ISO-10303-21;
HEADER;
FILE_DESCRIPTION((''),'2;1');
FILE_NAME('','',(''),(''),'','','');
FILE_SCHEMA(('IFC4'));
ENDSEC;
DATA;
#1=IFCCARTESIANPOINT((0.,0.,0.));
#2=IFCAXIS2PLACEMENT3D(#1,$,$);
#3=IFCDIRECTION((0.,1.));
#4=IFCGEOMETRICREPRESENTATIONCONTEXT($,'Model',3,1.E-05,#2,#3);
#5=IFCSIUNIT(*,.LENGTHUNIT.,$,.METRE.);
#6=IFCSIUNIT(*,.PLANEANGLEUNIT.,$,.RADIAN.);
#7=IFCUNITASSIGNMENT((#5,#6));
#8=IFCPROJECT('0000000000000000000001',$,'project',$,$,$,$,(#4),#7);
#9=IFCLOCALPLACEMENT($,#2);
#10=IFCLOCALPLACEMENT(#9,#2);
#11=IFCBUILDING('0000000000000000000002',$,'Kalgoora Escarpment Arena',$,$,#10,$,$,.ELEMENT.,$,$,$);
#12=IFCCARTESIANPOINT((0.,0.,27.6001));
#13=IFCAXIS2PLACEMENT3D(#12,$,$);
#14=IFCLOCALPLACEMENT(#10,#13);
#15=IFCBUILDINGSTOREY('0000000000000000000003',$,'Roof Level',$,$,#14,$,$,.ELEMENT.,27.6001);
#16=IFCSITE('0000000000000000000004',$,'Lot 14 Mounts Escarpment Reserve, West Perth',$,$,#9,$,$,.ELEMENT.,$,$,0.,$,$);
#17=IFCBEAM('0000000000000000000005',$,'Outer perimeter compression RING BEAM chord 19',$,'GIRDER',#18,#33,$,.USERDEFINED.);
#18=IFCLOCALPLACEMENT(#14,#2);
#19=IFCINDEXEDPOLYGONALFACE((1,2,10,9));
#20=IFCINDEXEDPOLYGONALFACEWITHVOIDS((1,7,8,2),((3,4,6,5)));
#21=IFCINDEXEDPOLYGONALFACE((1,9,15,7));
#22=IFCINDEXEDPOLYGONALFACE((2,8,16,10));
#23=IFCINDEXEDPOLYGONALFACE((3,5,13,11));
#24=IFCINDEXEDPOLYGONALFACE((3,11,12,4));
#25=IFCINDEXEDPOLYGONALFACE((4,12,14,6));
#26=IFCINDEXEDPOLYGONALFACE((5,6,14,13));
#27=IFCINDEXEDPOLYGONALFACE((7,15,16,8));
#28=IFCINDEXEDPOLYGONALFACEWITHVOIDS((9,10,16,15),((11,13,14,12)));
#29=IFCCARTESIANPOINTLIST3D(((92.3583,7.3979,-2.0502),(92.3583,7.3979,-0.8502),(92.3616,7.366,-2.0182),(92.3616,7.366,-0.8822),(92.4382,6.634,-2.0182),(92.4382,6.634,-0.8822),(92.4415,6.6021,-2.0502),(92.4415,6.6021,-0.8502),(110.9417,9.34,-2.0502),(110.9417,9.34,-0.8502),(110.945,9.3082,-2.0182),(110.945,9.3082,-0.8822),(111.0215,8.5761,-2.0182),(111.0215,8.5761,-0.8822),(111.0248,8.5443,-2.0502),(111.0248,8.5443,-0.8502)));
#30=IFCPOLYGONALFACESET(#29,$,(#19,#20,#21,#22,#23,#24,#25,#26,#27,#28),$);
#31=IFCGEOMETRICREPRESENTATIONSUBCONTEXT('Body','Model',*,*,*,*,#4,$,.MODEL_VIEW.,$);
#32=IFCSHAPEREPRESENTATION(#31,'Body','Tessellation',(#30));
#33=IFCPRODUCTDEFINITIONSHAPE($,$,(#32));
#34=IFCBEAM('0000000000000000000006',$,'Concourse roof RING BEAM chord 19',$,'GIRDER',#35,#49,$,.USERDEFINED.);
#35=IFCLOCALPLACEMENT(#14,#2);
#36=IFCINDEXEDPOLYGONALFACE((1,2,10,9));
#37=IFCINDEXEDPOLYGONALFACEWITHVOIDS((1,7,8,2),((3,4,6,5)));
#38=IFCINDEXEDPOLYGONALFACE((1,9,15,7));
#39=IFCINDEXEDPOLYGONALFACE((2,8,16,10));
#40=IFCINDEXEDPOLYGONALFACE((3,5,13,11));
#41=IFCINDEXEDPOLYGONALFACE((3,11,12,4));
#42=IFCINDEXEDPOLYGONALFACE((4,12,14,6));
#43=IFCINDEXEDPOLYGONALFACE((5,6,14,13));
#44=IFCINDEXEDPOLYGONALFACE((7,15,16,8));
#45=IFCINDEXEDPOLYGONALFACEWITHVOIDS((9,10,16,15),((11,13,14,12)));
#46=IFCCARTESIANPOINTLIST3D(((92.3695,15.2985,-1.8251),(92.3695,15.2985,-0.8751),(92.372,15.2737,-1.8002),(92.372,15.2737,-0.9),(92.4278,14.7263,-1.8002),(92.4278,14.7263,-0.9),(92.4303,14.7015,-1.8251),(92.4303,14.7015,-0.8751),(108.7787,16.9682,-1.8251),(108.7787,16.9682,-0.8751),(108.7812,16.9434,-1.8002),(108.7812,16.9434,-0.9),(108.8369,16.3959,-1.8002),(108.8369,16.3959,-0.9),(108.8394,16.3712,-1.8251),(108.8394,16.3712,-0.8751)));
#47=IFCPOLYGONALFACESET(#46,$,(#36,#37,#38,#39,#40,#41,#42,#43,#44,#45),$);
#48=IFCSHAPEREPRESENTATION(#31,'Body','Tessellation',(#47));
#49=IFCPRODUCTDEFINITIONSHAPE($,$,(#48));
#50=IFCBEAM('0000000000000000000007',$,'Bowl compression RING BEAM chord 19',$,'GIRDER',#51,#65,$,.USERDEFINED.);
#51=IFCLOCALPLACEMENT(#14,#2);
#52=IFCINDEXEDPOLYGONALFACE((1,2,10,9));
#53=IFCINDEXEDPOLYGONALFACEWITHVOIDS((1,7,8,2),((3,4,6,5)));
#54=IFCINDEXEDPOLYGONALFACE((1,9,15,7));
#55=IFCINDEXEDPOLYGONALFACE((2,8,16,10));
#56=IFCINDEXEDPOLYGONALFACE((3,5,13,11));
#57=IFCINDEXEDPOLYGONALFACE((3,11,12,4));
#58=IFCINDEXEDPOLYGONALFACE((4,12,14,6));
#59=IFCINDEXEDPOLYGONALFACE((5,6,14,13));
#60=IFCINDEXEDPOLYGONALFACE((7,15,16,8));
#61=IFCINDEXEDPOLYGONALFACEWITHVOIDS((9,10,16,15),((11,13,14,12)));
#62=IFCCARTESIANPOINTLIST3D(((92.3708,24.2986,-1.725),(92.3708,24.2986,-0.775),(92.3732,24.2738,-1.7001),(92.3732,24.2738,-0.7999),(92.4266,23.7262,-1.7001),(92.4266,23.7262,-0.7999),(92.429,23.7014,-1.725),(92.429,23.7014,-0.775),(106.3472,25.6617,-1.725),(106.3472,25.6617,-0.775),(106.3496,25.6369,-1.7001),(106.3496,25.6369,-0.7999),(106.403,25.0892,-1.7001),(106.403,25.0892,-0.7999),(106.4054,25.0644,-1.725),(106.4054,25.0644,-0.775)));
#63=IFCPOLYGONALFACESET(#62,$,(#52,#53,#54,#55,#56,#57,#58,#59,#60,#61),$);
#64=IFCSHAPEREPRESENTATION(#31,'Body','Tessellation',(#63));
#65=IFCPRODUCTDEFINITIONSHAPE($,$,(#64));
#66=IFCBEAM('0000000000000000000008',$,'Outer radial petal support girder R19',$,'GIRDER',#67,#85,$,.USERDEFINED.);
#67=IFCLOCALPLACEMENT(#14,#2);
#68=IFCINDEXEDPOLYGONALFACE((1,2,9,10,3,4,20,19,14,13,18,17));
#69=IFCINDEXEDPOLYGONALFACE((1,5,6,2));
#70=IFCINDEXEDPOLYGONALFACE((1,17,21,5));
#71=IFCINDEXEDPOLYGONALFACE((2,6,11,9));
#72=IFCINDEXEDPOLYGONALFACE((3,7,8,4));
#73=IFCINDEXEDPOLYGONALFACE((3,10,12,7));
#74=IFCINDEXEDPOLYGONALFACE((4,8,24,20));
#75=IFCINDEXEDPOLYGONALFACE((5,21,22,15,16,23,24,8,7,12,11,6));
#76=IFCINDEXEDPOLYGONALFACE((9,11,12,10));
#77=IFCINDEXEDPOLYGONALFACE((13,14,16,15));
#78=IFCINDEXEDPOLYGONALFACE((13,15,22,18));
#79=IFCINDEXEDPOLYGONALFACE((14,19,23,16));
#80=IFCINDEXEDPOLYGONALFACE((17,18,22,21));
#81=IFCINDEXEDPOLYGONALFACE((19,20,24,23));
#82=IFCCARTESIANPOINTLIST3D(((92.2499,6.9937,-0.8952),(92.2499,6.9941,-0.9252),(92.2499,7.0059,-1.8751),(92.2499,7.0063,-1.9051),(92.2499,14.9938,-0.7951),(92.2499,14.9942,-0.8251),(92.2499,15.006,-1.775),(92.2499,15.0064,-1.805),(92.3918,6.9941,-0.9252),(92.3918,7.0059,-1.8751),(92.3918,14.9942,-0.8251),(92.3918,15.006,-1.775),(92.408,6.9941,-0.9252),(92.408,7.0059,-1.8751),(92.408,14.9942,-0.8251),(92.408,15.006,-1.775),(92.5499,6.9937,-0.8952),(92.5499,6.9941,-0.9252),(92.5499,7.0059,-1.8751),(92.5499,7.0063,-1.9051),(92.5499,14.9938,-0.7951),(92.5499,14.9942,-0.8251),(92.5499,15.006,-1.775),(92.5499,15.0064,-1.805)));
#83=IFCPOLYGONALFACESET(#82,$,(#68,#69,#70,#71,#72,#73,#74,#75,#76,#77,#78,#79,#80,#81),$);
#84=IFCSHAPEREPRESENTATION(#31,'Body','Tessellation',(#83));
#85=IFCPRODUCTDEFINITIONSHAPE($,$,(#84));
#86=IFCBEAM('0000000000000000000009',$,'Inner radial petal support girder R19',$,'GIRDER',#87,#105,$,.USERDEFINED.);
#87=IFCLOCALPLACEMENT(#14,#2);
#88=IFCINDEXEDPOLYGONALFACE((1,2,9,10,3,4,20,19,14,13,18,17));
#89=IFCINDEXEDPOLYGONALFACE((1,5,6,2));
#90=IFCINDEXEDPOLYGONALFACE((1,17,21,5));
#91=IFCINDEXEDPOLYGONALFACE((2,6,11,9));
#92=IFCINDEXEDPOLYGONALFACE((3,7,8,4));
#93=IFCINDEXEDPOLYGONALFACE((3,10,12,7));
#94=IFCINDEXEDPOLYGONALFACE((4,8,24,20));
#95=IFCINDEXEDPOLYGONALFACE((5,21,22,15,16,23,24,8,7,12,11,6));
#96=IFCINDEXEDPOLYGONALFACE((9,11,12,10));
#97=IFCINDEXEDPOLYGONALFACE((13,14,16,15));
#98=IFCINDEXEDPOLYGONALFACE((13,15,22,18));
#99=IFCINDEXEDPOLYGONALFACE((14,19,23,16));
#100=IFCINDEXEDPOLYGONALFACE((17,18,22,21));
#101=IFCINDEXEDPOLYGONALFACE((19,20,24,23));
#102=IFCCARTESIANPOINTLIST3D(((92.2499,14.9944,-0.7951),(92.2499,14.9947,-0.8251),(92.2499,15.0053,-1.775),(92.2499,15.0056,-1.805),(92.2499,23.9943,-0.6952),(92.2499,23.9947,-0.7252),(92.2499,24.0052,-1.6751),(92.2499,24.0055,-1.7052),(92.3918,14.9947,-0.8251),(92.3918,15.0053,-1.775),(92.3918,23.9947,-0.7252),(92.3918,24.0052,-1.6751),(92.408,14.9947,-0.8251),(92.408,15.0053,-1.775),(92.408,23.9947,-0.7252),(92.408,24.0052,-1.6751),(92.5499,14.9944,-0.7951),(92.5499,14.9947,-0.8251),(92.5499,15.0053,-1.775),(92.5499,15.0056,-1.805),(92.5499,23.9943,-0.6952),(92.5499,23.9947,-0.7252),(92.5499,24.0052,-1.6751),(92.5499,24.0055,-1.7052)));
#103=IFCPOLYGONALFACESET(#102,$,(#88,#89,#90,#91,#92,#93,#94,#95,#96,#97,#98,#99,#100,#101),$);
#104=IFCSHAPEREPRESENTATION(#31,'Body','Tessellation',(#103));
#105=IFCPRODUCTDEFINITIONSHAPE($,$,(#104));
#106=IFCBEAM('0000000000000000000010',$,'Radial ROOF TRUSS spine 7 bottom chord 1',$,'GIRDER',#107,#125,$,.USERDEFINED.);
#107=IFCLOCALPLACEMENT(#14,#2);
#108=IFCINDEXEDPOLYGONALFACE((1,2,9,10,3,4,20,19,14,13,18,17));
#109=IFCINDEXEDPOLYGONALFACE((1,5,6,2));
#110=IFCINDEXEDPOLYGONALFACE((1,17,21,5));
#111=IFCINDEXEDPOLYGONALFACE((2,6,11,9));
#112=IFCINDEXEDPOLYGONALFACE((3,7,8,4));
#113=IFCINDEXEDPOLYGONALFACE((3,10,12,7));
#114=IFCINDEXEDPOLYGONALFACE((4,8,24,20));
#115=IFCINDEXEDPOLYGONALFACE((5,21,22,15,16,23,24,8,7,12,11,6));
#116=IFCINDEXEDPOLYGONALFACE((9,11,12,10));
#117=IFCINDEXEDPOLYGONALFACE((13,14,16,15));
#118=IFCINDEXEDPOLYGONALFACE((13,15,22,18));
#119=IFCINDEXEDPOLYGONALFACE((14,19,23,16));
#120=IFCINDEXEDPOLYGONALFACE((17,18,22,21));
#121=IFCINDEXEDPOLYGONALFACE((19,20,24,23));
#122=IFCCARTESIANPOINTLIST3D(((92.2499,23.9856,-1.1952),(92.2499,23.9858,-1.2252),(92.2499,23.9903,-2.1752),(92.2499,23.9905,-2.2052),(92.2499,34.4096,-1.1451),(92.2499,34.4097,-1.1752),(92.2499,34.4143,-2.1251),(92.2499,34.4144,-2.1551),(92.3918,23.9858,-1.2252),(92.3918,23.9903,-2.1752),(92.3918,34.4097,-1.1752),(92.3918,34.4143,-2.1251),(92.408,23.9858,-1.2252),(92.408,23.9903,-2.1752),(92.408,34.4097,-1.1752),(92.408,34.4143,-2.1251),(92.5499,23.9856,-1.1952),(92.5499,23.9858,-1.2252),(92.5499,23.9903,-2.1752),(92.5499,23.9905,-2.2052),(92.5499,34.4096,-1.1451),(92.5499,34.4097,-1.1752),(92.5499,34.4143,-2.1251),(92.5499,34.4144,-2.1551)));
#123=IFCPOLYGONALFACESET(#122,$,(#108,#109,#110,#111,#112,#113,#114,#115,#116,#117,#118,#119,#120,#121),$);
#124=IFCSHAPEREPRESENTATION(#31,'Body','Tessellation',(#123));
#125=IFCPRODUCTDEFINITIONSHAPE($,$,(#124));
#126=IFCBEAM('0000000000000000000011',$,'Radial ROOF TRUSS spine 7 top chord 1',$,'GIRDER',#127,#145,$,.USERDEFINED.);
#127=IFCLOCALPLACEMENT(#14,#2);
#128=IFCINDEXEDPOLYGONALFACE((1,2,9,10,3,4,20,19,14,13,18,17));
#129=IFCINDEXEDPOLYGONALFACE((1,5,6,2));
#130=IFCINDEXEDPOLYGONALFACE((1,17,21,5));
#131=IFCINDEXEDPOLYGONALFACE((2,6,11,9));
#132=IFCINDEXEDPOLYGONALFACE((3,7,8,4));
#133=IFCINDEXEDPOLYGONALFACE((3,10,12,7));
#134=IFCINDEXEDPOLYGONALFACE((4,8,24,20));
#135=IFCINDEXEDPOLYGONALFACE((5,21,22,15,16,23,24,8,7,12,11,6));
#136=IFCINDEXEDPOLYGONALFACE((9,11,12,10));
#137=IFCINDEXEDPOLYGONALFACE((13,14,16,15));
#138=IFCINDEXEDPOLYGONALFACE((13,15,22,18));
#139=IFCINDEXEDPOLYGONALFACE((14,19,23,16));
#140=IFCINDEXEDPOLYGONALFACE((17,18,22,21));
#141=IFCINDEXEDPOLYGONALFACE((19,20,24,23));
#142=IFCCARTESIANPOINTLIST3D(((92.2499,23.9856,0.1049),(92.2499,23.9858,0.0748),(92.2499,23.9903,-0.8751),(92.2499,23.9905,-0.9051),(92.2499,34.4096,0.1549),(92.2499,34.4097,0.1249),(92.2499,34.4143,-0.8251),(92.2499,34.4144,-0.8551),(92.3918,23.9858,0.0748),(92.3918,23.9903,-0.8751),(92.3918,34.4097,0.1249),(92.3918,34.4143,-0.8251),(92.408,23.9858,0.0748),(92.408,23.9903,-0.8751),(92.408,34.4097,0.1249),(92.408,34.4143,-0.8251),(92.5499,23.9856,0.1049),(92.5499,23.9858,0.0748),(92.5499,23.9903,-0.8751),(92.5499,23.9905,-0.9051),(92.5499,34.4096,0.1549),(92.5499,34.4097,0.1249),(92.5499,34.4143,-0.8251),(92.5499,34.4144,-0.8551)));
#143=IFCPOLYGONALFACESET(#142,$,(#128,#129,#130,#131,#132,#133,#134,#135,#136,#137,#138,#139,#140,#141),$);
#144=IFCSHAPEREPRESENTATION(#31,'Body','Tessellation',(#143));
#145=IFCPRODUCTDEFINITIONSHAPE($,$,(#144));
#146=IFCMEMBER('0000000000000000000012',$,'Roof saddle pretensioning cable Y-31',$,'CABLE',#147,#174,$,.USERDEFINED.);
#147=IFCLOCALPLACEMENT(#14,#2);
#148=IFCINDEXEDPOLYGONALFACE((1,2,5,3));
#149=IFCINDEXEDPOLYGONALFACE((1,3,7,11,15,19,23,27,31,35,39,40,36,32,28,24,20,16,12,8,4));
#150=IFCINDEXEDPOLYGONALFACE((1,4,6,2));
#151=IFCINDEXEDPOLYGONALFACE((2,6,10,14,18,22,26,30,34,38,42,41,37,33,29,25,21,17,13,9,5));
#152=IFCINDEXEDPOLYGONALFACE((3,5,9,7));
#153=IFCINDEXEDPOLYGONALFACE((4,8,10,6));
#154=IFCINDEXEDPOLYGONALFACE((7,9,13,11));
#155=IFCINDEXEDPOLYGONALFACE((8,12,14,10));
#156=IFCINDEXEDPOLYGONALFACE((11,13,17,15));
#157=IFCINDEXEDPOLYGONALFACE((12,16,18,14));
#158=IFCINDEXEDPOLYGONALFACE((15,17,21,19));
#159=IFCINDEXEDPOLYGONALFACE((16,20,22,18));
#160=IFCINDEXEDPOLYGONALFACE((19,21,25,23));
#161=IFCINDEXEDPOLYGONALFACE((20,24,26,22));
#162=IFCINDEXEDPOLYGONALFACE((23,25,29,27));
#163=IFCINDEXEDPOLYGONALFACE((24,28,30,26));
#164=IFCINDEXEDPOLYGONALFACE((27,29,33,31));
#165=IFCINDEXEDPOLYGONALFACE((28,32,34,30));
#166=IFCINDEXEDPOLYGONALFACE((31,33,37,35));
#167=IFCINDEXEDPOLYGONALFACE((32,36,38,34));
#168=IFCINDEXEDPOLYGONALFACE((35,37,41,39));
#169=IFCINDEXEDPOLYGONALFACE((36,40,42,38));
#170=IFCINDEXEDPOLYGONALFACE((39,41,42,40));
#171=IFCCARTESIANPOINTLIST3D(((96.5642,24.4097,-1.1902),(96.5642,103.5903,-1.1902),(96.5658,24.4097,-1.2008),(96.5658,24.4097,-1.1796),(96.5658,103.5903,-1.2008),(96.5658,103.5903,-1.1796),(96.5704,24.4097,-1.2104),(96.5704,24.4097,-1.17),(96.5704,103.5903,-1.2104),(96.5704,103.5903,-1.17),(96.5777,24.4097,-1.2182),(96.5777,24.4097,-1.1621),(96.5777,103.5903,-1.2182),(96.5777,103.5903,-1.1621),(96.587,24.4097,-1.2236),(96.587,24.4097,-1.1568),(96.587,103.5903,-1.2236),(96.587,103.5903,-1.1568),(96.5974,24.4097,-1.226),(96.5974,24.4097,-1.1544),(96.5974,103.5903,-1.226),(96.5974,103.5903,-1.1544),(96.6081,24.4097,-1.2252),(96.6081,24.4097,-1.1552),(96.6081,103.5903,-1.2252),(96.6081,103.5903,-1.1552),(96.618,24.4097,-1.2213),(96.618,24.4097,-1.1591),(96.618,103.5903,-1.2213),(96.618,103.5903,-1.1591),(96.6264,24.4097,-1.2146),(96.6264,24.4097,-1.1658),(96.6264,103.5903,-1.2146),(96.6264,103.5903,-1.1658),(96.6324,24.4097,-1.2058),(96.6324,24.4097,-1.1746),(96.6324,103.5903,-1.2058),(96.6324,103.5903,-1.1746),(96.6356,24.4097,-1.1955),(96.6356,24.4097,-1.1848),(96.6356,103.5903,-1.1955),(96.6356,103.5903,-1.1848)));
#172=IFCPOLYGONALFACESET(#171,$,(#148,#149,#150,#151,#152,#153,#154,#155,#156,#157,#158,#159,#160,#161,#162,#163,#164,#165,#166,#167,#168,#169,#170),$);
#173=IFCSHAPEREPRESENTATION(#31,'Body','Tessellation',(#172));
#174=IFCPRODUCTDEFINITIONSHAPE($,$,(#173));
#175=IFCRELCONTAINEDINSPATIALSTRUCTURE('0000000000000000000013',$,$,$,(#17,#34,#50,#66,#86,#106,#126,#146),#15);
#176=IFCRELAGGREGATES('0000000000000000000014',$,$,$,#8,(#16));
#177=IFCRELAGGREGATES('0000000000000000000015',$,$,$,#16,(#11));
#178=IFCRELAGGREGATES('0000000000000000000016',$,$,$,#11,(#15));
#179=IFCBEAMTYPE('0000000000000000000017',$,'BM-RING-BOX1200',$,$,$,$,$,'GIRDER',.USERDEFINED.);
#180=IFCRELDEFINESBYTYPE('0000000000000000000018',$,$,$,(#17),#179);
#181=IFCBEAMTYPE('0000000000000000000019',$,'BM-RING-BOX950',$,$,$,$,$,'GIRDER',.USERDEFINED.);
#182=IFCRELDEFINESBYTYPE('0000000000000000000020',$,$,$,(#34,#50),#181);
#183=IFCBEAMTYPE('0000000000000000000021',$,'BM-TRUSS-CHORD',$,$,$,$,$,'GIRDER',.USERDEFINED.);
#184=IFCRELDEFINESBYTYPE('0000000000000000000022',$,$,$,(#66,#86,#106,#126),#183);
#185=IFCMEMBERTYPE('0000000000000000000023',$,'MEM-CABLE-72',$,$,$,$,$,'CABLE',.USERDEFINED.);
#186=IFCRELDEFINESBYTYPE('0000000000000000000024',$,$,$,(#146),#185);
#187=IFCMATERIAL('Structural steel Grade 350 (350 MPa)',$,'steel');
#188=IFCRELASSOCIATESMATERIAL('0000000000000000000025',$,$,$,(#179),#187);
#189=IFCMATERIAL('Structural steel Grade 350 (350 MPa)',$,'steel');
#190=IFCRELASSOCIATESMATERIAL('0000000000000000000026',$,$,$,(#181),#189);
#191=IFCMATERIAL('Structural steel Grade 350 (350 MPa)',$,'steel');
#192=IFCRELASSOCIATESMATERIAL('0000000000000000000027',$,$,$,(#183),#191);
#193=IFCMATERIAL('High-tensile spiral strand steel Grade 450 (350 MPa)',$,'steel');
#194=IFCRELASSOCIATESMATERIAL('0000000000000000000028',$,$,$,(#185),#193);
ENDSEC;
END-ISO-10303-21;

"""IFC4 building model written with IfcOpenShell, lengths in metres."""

from ifc_helpers import new_model, si_unit, direction, frame, origin, origin_2d, place, context, subcontext, project, spatial, hollow_rectangle, circle, i_section, extrude, material, material_profile, profile_set, type_object, element, save


model = new_model("IFC4")

# Units and contexts
model_context = context("Model", 3, precision=1e-05, world=origin(), true_north=direction((0.0, 1.0)))
body_context = subcontext(model_context, "Body", "Model", "MODEL_VIEW")
ifc_project = project(units=[si_unit("LENGTHUNIT", "METRE"), si_unit("PLANEANGLEUNIT", "RADIAN")], contexts=[model_context])

# Site, building, storey
site_placement = place(None, origin())
site = spatial("IfcSite", under=ifc_project, at=site_placement, Name="Lot 14 Mounts Escarpment Reserve, West Perth", CompositionType="ELEMENT", RefElevation=0.0)
building_placement = place(site_placement, origin())
building = spatial("IfcBuilding", under=site, at=building_placement, Name="Kalgoora Escarpment Arena", CompositionType="ELEMENT")
storey_placement = place(building_placement, frame((0.0, 0.0, 27.6001)))
storey = spatial("IfcBuildingStorey", under=building, at=storey_placement, Name="Roof Level", CompositionType="ELEMENT", Elevation=27.6001)

# Beams
ifc_material_1 = material(Name="Structural steel Grade 350 (350 MPa)", Category="steel")
ifc_material_profile_1 = material_profile(ifc_material_1, hollow_rectangle(XDim=0.8, YDim=1.2, WallThickness=0.032, at=origin_2d()))
ifc_profile_set_1 = profile_set([ifc_material_profile_1], Name="Structural steel Grade 350 (350 MPa)")
beam_type_1 = type_object("IfcBeamType", Name="BM-RING-BOX1200", ElementType="GIRDER", PredefinedType="USERDEFINED", material=ifc_profile_set_1)
beam_1_placement = place(storey_placement, frame((92.3999, 7.0, -1.4502), z_axis=(0.994583, 0.103944, 0.0), x_axis=(-0.103944, 0.994583, 0.0)))
element("IfcBeam", 1, at=beam_1_placement, inside=storey, type_object=beam_type_1, Name="Outer perimeter compression RING BEAM chord 19", ObjectType="GIRDER", PredefinedType="USERDEFINED", context=body_context, shape_type="SweptSolid", body=[
    extrude(hollow_rectangle(XDim=0.8, YDim=1.2, WallThickness=0.032, at=origin_2d()), origin(), (0.0, 0.0, 1.0), 18.6846),
])
ifc_material_2 = material(Name="Structural steel Grade 350 (350 MPa)", Category="steel")
ifc_material_profile_2 = material_profile(ifc_material_2, hollow_rectangle(XDim=0.6001, YDim=0.95, WallThickness=0.0249, at=origin_2d()))
ifc_profile_set_2 = profile_set([ifc_material_profile_2], Name="Structural steel Grade 350 (350 MPa)")
beam_type_2 = type_object("IfcBeamType", Name="BM-RING-BOX950", ElementType="GIRDER", PredefinedType="USERDEFINED", material=ifc_profile_set_2)
beam_2_placement = place(storey_placement, frame((92.3999, 15.0, -1.3501), z_axis=(0.994863, 0.10123, 0.0), x_axis=(-0.10123, 0.994863, 0.0)))
element("IfcBeam", 2, at=beam_2_placement, inside=storey, type_object=beam_type_2, Name="Concourse roof RING BEAM chord 19", ObjectType="GIRDER", PredefinedType="USERDEFINED", context=body_context, shape_type="SweptSolid", body=[
    extrude(hollow_rectangle(XDim=0.6001, YDim=0.95, WallThickness=0.0249, at=origin_2d()), origin(), (0.0, 0.0, 1.0), 16.4939),
])
beam_3_placement = place(storey_placement, frame((92.3999, 24.0, -1.25), z_axis=(0.995278, 0.097064, 0.0), x_axis=(-0.097064, 0.995278, 0.0)))
element("IfcBeam", 3, at=beam_3_placement, inside=storey, type_object=beam_type_2, Name="Bowl compression RING BEAM chord 19", ObjectType="GIRDER", PredefinedType="USERDEFINED", context=body_context, shape_type="SweptSolid", body=[
    extrude(hollow_rectangle(XDim=0.6001, YDim=0.95, WallThickness=0.0249, at=origin_2d()), origin(), (0.0, 0.0, 1.0), 14.0427),
])
ifc_material_3 = material(Name="Structural steel Grade 350 (350 MPa)", Category="steel")
ifc_material_profile_3 = material_profile(ifc_material_3, i_section(OverallWidth=0.3, OverallDepth=1.01, WebThickness=0.0161, FlangeThickness=0.03, at=origin_2d()))
ifc_profile_set_3 = profile_set([ifc_material_profile_3], Name="Structural steel Grade 350 (350 MPa)")
beam_type_3 = type_object("IfcBeamType", Name="BM-TRUSS-CHORD", ElementType="GIRDER", PredefinedType="USERDEFINED", material=ifc_profile_set_3)
beam_4_placement = place(storey_placement, frame((92.3999, 7.0, -1.4001), z_axis=(0.0, 0.999922, 0.012511), x_axis=(-1.0, 0.0, 0.0)))
element("IfcBeam", 4, at=beam_4_placement, inside=storey, type_object=beam_type_3, Name="Outer radial petal support girder R19", ObjectType="GIRDER", PredefinedType="USERDEFINED", context=body_context, shape_type="SweptSolid", body=[
    extrude(i_section(OverallWidth=0.3, OverallDepth=1.01, WebThickness=0.0161, FlangeThickness=0.03, at=origin_2d()), origin(), (0.0, 0.0, 1.0), 8.0007),
])
beam_5_placement = place(storey_placement, frame((92.3999, 15.0, -1.3), z_axis=(0.0, 0.999938, 0.011094), x_axis=(-1.0, 0.0, 0.0)))
element("IfcBeam", 5, at=beam_5_placement, inside=storey, type_object=beam_type_3, Name="Inner radial petal support girder R19", ObjectType="GIRDER", PredefinedType="USERDEFINED", context=body_context, shape_type="SweptSolid", body=[
    extrude(i_section(OverallWidth=0.3, OverallDepth=1.01, WebThickness=0.0161, FlangeThickness=0.03, at=origin_2d()), origin(), (0.0, 0.0, 1.0), 9.0005),
])
for number, where, z_axis, x_axis, name in (
    (6, (92.3999, 23.988, -1.7002), (0.0, 0.999988, 0.004801), (-1.0, 0.0, 0.0), "Radial ROOF TRUSS spine 7 bottom chord 1"),
    (7, (92.3999, 23.988, -0.4001), (0.0, 0.999988, 0.004801), (-1.0, 0.0, 0.0), "Radial ROOF TRUSS spine 7 top chord 1"),
):
    element("IfcBeam", number, at=place(storey_placement, frame(where, z_axis=z_axis, x_axis=x_axis)), inside=storey, type_object=beam_type_3, Name=name, ObjectType="GIRDER", PredefinedType="USERDEFINED", context=body_context, shape_type="SweptSolid", body=[
        extrude(i_section(OverallWidth=0.3, OverallDepth=1.01, WebThickness=0.0161, FlangeThickness=0.03, at=origin_2d()), origin(), (0.0, 0.0, 1.0), 10.4241),
    ])

# Member
ifc_material_4 = material(Name="High-tensile spiral strand steel Grade 450 (350 MPa)", Category="steel")
ifc_material_profile_4 = material_profile(ifc_material_4, circle(Radius=0.0359, at=origin_2d()))
ifc_profile_set_4 = profile_set([ifc_material_profile_4], Name="High-tensile spiral strand steel Grade 450 (350 MPa)")
member_type_1 = type_object("IfcMemberType", Name="MEM-CABLE-72", ElementType="CABLE", PredefinedType="USERDEFINED", material=ifc_profile_set_4)
member_1_placement = place(storey_placement, frame((96.6001, 24.4097, -1.1902), z_axis=(0.0, 1.0, 0.0), x_axis=(-1.0, 0.0, 0.0)))
element("IfcMember", 8, at=member_1_placement, inside=storey, type_object=member_type_1, Name="Roof saddle pretensioning cable Y-31", ObjectType="CABLE", PredefinedType="USERDEFINED", context=body_context, shape_type="SweptSolid", body=[
    extrude(circle(Radius=0.0359, at=origin_2d()), origin(), (0.0, 0.0, 1.0), 79.1807),
])

save(model, "model.ifc")
